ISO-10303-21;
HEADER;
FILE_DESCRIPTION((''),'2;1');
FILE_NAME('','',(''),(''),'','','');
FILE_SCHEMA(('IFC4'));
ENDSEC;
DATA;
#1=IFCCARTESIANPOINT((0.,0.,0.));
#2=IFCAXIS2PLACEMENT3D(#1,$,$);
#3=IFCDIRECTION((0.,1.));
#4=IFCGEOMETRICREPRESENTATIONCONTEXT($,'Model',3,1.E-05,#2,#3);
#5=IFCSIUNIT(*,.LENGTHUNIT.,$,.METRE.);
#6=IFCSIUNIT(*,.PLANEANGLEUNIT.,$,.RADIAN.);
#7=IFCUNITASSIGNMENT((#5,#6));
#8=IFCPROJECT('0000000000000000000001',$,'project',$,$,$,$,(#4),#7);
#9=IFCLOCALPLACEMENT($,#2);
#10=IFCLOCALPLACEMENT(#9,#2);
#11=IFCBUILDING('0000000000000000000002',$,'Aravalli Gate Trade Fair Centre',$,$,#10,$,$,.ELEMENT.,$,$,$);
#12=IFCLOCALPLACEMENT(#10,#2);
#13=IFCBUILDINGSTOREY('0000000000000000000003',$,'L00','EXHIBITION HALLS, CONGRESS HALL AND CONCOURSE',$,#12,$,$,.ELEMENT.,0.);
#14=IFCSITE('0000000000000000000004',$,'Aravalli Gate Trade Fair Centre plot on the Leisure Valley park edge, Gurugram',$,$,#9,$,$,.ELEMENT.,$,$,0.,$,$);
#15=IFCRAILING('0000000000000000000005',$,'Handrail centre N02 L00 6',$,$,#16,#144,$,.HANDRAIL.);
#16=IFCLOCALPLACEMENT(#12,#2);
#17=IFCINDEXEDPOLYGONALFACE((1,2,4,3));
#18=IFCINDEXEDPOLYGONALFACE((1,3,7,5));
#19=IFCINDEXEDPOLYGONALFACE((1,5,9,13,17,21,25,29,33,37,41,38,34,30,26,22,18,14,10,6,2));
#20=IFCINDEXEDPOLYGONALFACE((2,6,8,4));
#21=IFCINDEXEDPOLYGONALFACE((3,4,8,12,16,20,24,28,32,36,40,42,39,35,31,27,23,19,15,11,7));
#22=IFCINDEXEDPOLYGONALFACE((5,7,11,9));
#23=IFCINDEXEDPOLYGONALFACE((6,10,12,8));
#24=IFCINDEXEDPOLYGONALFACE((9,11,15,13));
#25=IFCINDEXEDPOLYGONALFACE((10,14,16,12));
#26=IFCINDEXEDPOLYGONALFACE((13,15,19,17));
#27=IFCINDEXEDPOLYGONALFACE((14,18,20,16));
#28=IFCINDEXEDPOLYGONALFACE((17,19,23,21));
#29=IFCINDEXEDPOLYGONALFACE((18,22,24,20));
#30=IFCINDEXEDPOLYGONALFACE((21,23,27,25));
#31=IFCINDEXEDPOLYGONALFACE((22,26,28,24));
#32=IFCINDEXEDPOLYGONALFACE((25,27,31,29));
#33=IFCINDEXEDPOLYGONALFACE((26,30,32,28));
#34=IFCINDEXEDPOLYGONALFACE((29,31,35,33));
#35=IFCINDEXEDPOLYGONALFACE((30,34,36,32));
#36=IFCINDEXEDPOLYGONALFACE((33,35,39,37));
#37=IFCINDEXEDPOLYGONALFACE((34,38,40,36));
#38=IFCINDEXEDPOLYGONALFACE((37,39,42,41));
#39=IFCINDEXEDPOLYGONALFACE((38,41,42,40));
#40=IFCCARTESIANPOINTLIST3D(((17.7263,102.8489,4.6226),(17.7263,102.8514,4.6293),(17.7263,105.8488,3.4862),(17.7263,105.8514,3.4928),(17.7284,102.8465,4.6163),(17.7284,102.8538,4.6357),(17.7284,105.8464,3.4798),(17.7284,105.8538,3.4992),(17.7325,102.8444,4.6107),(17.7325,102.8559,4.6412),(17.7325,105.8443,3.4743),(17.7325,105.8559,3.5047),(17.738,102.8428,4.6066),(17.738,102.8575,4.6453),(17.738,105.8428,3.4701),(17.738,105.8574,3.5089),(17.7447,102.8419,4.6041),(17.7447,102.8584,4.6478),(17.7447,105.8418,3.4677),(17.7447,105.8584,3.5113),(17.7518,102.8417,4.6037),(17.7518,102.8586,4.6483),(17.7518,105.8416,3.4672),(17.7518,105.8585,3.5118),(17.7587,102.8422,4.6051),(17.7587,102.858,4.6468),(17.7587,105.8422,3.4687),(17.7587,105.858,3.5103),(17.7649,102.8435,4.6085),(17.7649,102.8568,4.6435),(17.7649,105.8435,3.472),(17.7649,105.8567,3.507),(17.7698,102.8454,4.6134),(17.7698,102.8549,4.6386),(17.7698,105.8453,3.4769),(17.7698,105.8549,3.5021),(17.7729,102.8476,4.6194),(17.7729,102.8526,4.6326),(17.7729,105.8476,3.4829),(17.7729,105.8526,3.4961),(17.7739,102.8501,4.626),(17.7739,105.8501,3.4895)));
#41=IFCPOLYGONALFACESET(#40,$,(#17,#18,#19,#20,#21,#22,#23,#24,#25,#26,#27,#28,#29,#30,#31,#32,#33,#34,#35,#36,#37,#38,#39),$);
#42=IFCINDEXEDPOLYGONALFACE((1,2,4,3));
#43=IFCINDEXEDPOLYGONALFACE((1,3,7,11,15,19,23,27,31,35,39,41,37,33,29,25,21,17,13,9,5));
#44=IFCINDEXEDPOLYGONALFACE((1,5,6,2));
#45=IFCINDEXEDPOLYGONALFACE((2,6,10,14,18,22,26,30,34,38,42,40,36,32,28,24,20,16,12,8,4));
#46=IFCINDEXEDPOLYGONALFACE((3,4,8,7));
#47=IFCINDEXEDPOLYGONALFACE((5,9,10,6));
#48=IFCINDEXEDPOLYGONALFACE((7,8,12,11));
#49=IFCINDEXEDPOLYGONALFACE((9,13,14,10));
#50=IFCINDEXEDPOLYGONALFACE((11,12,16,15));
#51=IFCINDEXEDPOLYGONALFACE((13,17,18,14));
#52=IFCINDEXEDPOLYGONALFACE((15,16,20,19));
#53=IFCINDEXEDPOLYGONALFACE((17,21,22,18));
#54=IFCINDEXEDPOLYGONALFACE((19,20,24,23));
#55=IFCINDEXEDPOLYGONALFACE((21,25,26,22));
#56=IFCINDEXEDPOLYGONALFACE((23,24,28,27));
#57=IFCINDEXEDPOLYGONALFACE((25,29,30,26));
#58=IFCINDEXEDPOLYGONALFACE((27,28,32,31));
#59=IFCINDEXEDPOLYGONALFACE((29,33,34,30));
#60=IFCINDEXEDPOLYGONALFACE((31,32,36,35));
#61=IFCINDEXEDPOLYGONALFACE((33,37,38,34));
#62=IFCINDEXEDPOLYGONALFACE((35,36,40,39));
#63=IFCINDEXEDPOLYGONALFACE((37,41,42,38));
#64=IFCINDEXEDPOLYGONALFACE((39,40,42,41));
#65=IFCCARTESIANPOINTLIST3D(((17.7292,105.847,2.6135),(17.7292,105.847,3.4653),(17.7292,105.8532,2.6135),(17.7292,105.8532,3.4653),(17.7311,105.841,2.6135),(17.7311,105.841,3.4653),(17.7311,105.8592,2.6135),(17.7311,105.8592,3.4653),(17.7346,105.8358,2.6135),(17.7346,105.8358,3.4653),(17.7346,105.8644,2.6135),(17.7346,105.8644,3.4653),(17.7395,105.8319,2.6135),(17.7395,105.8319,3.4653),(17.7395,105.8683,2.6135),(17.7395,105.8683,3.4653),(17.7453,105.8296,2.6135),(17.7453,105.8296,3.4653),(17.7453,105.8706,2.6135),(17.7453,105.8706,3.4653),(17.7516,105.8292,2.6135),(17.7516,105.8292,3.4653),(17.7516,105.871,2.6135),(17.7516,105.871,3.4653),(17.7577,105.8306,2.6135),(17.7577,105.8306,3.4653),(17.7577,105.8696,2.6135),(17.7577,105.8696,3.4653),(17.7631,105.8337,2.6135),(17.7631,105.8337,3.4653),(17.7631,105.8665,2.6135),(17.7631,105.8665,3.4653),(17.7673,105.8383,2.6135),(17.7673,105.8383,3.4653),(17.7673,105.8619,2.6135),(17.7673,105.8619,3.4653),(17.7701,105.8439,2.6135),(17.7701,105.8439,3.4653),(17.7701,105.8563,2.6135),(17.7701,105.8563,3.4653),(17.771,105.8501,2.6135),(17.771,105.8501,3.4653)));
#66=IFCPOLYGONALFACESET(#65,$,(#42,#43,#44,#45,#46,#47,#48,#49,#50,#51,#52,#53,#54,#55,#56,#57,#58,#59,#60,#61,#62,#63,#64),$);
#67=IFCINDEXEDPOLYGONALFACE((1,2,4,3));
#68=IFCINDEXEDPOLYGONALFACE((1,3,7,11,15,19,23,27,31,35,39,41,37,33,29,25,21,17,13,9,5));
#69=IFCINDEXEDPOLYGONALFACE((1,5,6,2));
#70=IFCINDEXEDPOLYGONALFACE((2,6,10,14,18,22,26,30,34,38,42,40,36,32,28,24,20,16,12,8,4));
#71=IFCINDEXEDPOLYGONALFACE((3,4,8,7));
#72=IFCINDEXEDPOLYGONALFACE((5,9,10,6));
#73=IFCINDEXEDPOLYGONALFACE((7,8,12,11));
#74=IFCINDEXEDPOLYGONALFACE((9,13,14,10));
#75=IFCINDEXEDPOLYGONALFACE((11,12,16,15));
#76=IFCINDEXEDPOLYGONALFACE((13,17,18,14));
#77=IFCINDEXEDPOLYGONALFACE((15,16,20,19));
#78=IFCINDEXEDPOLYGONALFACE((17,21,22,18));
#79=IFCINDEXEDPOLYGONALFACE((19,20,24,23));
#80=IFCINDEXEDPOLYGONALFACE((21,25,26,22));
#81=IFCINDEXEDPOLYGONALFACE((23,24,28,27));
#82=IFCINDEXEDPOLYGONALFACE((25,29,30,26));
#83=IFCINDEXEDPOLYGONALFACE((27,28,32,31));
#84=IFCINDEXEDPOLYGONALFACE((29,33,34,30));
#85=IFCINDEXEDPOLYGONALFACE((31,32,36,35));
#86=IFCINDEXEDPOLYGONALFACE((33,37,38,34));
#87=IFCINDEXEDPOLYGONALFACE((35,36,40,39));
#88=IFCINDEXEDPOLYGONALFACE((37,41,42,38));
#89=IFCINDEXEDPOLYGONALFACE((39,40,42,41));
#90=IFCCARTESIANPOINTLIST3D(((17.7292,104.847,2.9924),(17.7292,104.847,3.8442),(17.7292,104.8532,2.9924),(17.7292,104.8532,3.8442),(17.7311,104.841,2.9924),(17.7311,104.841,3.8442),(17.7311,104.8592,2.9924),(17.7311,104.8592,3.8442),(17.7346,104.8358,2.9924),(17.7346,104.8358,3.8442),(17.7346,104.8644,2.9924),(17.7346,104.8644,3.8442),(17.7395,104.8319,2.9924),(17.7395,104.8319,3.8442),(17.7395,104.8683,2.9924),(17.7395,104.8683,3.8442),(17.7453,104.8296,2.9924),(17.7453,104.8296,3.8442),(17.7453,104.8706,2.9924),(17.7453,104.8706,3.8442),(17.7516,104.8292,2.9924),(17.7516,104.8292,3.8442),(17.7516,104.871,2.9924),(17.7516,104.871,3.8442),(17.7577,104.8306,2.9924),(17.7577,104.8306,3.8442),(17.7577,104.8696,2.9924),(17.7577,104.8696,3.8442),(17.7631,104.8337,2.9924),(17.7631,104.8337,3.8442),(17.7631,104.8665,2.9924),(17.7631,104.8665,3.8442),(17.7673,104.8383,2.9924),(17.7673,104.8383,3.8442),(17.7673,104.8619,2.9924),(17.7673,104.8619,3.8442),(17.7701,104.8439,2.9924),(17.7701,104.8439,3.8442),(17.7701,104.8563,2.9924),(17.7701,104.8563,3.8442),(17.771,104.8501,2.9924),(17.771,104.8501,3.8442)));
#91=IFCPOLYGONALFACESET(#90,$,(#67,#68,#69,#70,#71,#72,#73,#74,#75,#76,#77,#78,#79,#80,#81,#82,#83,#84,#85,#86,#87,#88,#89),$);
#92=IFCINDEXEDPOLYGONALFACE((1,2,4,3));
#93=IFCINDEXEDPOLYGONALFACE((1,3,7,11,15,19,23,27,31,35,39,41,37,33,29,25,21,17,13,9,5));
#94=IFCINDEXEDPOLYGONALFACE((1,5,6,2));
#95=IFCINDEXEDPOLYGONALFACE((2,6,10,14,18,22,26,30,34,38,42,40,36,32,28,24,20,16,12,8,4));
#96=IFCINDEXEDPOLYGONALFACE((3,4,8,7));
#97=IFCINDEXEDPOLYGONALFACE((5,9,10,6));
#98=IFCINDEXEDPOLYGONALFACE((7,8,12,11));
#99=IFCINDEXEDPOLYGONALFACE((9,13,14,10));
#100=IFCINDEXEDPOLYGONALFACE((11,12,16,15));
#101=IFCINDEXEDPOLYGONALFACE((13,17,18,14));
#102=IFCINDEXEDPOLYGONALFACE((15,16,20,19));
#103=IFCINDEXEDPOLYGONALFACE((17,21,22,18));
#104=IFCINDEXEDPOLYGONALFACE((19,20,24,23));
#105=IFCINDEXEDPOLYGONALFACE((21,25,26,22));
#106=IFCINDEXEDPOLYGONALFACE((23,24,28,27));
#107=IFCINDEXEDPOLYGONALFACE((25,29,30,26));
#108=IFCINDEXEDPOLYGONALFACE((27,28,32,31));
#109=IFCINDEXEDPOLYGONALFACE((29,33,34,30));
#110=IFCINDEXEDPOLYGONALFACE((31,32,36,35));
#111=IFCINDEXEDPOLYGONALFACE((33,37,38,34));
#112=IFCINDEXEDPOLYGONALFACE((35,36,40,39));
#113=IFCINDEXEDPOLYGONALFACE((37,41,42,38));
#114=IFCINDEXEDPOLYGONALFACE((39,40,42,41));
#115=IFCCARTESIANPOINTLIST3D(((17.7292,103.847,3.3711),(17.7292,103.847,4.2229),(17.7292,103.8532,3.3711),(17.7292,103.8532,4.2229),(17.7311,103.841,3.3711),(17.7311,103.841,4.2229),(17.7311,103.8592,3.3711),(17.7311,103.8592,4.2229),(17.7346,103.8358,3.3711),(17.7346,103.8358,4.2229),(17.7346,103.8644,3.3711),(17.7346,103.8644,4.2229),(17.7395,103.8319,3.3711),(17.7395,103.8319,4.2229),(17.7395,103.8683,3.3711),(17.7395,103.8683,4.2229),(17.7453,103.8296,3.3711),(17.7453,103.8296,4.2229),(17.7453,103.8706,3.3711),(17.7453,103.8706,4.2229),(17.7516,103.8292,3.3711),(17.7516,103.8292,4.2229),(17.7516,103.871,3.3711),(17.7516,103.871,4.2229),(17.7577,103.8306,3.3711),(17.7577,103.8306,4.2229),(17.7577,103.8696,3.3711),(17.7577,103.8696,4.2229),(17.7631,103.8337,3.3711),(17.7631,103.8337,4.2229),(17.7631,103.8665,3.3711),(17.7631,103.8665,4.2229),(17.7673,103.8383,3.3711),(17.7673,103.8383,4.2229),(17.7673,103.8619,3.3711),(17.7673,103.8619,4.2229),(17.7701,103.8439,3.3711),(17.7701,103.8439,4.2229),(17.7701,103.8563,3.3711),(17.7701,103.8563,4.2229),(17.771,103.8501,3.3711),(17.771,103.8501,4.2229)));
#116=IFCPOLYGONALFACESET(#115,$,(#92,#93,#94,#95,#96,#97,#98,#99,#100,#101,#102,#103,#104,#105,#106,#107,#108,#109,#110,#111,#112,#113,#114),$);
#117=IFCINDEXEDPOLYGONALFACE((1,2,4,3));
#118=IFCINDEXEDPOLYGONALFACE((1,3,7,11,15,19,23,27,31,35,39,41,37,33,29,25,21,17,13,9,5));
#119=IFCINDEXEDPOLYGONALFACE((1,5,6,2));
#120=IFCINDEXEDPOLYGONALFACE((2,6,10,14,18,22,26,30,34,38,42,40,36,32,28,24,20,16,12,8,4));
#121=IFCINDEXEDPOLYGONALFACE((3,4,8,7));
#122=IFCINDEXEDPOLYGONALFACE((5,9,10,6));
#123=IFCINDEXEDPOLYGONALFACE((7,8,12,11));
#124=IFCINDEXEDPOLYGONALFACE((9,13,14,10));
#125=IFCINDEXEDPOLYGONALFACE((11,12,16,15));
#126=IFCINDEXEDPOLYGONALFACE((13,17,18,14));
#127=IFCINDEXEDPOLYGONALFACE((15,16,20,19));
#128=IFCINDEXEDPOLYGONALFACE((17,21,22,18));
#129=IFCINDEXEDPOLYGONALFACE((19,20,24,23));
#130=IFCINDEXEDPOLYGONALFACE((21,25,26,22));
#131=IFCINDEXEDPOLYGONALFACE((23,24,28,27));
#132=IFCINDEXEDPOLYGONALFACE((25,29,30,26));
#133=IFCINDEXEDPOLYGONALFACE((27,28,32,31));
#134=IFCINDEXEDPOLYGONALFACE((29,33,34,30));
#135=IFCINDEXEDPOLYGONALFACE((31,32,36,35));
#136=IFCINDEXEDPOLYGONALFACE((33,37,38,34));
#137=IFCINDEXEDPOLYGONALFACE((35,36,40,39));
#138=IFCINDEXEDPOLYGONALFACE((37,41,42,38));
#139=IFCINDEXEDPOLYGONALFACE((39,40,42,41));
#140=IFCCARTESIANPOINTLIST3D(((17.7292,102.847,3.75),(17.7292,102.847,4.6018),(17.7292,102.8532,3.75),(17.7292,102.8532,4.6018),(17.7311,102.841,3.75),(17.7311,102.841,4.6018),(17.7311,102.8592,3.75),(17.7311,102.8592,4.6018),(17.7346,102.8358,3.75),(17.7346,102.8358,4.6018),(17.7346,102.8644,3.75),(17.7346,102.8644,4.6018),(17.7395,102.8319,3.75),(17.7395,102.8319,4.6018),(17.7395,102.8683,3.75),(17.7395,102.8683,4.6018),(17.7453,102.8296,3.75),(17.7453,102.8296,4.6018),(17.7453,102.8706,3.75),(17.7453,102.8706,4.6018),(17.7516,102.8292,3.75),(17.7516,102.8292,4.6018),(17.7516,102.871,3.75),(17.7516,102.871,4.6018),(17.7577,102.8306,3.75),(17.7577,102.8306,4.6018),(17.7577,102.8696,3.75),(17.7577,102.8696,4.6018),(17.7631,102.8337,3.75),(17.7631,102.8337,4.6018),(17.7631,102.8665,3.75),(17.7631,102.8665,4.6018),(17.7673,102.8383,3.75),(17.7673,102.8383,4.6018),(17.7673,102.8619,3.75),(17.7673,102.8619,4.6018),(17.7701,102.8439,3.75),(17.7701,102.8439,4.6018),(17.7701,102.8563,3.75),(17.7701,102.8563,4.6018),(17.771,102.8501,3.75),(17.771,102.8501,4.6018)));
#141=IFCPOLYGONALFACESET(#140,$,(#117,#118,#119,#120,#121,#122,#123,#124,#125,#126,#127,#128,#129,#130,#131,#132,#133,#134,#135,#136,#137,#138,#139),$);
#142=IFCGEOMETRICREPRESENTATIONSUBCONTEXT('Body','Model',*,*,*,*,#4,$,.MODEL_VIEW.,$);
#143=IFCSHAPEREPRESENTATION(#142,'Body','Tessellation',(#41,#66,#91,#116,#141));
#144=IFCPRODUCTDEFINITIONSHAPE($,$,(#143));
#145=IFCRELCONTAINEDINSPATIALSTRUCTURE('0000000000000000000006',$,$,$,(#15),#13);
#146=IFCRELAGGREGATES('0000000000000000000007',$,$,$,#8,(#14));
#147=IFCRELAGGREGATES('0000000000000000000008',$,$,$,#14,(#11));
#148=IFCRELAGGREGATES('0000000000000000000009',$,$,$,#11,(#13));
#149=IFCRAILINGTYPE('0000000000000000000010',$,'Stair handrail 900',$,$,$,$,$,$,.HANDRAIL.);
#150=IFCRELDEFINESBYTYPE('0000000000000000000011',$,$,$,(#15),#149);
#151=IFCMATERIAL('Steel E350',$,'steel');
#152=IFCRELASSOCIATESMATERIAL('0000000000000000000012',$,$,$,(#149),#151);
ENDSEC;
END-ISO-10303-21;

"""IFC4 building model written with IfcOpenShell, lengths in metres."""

from ifc_helpers import new_model, si_unit, direction, frame, origin, origin_2d, place, context, subcontext, project, spatial, circle, extrude, material, type_object, element, save


model = new_model("IFC4")

# Units and contexts
model_context = context("Model", 3, precision=1e-05, world=origin(), true_north=direction((0.0, 1.0)))
body_context = subcontext(model_context, "Body", "Model", "MODEL_VIEW")
ifc_project = project(units=[si_unit("LENGTHUNIT", "METRE"), si_unit("PLANEANGLEUNIT", "RADIAN")], contexts=[model_context])

# Site, building, storey
site_placement = place(None, origin())
site = spatial("IfcSite", under=ifc_project, at=site_placement, Name="Aravalli Gate Trade Fair Centre plot on the Leisure Valley park edge, Gurugram", CompositionType="ELEMENT", RefElevation=0.0)
building_placement = place(site_placement, origin())
building = spatial("IfcBuilding", under=site, at=building_placement, Name="Aravalli Gate Trade Fair Centre", CompositionType="ELEMENT")
storey_placement = place(building_placement, origin())
storey = spatial("IfcBuildingStorey", under=building, at=storey_placement, Name="L00", Description="EXHIBITION HALLS, CONGRESS HALL AND CONCOURSE", CompositionType="ELEMENT", Elevation=0.0)

# Shared definitions
ifc_material_1 = material(Name="Steel E350", Category="steel")

# Railing
railing_type = type_object("IfcRailingType", Name="Stair handrail 900", PredefinedType="HANDRAIL", material=ifc_material_1)
for number, where, name in (
    (1, (17.75, 105.8501, 2.6135), "Handrail centre N02 L00 6"),
):
    element("IfcRailing", number, at=place(storey_placement, frame(where)), inside=storey, type_object=railing_type, Name=name, PredefinedType="HANDRAIL", context=body_context, shape_type="SweptSolid", body=[
        extrude(circle(Radius=0.0239, at=origin_2d()), frame((0.0, 0.0, 0.876), z_axis=(0.0, -0.935148, 0.354257), x_axis=(1.0, 0.0, 0.0)), (0.0, 0.0, 1.0), 3.208),
        extrude(circle(Radius=0.021, at=origin_2d()), origin(), (0.0, 0.0, 1.0), 0.8518),
        extrude(circle(Radius=0.021, at=origin_2d()), frame((0.0, -1.0, 0.3789)), (0.0, 0.0, 1.0), 0.8518),
        extrude(circle(Radius=0.021, at=origin_2d()), frame((0.0, -2.0, 0.7576)), (0.0, 0.0, 1.0), 0.8518),
        extrude(circle(Radius=0.021, at=origin_2d()), frame((0.0, -3.0, 1.1365)), (0.0, 0.0, 1.0), 0.8518),
    ])

save(model, "model.ifc")
